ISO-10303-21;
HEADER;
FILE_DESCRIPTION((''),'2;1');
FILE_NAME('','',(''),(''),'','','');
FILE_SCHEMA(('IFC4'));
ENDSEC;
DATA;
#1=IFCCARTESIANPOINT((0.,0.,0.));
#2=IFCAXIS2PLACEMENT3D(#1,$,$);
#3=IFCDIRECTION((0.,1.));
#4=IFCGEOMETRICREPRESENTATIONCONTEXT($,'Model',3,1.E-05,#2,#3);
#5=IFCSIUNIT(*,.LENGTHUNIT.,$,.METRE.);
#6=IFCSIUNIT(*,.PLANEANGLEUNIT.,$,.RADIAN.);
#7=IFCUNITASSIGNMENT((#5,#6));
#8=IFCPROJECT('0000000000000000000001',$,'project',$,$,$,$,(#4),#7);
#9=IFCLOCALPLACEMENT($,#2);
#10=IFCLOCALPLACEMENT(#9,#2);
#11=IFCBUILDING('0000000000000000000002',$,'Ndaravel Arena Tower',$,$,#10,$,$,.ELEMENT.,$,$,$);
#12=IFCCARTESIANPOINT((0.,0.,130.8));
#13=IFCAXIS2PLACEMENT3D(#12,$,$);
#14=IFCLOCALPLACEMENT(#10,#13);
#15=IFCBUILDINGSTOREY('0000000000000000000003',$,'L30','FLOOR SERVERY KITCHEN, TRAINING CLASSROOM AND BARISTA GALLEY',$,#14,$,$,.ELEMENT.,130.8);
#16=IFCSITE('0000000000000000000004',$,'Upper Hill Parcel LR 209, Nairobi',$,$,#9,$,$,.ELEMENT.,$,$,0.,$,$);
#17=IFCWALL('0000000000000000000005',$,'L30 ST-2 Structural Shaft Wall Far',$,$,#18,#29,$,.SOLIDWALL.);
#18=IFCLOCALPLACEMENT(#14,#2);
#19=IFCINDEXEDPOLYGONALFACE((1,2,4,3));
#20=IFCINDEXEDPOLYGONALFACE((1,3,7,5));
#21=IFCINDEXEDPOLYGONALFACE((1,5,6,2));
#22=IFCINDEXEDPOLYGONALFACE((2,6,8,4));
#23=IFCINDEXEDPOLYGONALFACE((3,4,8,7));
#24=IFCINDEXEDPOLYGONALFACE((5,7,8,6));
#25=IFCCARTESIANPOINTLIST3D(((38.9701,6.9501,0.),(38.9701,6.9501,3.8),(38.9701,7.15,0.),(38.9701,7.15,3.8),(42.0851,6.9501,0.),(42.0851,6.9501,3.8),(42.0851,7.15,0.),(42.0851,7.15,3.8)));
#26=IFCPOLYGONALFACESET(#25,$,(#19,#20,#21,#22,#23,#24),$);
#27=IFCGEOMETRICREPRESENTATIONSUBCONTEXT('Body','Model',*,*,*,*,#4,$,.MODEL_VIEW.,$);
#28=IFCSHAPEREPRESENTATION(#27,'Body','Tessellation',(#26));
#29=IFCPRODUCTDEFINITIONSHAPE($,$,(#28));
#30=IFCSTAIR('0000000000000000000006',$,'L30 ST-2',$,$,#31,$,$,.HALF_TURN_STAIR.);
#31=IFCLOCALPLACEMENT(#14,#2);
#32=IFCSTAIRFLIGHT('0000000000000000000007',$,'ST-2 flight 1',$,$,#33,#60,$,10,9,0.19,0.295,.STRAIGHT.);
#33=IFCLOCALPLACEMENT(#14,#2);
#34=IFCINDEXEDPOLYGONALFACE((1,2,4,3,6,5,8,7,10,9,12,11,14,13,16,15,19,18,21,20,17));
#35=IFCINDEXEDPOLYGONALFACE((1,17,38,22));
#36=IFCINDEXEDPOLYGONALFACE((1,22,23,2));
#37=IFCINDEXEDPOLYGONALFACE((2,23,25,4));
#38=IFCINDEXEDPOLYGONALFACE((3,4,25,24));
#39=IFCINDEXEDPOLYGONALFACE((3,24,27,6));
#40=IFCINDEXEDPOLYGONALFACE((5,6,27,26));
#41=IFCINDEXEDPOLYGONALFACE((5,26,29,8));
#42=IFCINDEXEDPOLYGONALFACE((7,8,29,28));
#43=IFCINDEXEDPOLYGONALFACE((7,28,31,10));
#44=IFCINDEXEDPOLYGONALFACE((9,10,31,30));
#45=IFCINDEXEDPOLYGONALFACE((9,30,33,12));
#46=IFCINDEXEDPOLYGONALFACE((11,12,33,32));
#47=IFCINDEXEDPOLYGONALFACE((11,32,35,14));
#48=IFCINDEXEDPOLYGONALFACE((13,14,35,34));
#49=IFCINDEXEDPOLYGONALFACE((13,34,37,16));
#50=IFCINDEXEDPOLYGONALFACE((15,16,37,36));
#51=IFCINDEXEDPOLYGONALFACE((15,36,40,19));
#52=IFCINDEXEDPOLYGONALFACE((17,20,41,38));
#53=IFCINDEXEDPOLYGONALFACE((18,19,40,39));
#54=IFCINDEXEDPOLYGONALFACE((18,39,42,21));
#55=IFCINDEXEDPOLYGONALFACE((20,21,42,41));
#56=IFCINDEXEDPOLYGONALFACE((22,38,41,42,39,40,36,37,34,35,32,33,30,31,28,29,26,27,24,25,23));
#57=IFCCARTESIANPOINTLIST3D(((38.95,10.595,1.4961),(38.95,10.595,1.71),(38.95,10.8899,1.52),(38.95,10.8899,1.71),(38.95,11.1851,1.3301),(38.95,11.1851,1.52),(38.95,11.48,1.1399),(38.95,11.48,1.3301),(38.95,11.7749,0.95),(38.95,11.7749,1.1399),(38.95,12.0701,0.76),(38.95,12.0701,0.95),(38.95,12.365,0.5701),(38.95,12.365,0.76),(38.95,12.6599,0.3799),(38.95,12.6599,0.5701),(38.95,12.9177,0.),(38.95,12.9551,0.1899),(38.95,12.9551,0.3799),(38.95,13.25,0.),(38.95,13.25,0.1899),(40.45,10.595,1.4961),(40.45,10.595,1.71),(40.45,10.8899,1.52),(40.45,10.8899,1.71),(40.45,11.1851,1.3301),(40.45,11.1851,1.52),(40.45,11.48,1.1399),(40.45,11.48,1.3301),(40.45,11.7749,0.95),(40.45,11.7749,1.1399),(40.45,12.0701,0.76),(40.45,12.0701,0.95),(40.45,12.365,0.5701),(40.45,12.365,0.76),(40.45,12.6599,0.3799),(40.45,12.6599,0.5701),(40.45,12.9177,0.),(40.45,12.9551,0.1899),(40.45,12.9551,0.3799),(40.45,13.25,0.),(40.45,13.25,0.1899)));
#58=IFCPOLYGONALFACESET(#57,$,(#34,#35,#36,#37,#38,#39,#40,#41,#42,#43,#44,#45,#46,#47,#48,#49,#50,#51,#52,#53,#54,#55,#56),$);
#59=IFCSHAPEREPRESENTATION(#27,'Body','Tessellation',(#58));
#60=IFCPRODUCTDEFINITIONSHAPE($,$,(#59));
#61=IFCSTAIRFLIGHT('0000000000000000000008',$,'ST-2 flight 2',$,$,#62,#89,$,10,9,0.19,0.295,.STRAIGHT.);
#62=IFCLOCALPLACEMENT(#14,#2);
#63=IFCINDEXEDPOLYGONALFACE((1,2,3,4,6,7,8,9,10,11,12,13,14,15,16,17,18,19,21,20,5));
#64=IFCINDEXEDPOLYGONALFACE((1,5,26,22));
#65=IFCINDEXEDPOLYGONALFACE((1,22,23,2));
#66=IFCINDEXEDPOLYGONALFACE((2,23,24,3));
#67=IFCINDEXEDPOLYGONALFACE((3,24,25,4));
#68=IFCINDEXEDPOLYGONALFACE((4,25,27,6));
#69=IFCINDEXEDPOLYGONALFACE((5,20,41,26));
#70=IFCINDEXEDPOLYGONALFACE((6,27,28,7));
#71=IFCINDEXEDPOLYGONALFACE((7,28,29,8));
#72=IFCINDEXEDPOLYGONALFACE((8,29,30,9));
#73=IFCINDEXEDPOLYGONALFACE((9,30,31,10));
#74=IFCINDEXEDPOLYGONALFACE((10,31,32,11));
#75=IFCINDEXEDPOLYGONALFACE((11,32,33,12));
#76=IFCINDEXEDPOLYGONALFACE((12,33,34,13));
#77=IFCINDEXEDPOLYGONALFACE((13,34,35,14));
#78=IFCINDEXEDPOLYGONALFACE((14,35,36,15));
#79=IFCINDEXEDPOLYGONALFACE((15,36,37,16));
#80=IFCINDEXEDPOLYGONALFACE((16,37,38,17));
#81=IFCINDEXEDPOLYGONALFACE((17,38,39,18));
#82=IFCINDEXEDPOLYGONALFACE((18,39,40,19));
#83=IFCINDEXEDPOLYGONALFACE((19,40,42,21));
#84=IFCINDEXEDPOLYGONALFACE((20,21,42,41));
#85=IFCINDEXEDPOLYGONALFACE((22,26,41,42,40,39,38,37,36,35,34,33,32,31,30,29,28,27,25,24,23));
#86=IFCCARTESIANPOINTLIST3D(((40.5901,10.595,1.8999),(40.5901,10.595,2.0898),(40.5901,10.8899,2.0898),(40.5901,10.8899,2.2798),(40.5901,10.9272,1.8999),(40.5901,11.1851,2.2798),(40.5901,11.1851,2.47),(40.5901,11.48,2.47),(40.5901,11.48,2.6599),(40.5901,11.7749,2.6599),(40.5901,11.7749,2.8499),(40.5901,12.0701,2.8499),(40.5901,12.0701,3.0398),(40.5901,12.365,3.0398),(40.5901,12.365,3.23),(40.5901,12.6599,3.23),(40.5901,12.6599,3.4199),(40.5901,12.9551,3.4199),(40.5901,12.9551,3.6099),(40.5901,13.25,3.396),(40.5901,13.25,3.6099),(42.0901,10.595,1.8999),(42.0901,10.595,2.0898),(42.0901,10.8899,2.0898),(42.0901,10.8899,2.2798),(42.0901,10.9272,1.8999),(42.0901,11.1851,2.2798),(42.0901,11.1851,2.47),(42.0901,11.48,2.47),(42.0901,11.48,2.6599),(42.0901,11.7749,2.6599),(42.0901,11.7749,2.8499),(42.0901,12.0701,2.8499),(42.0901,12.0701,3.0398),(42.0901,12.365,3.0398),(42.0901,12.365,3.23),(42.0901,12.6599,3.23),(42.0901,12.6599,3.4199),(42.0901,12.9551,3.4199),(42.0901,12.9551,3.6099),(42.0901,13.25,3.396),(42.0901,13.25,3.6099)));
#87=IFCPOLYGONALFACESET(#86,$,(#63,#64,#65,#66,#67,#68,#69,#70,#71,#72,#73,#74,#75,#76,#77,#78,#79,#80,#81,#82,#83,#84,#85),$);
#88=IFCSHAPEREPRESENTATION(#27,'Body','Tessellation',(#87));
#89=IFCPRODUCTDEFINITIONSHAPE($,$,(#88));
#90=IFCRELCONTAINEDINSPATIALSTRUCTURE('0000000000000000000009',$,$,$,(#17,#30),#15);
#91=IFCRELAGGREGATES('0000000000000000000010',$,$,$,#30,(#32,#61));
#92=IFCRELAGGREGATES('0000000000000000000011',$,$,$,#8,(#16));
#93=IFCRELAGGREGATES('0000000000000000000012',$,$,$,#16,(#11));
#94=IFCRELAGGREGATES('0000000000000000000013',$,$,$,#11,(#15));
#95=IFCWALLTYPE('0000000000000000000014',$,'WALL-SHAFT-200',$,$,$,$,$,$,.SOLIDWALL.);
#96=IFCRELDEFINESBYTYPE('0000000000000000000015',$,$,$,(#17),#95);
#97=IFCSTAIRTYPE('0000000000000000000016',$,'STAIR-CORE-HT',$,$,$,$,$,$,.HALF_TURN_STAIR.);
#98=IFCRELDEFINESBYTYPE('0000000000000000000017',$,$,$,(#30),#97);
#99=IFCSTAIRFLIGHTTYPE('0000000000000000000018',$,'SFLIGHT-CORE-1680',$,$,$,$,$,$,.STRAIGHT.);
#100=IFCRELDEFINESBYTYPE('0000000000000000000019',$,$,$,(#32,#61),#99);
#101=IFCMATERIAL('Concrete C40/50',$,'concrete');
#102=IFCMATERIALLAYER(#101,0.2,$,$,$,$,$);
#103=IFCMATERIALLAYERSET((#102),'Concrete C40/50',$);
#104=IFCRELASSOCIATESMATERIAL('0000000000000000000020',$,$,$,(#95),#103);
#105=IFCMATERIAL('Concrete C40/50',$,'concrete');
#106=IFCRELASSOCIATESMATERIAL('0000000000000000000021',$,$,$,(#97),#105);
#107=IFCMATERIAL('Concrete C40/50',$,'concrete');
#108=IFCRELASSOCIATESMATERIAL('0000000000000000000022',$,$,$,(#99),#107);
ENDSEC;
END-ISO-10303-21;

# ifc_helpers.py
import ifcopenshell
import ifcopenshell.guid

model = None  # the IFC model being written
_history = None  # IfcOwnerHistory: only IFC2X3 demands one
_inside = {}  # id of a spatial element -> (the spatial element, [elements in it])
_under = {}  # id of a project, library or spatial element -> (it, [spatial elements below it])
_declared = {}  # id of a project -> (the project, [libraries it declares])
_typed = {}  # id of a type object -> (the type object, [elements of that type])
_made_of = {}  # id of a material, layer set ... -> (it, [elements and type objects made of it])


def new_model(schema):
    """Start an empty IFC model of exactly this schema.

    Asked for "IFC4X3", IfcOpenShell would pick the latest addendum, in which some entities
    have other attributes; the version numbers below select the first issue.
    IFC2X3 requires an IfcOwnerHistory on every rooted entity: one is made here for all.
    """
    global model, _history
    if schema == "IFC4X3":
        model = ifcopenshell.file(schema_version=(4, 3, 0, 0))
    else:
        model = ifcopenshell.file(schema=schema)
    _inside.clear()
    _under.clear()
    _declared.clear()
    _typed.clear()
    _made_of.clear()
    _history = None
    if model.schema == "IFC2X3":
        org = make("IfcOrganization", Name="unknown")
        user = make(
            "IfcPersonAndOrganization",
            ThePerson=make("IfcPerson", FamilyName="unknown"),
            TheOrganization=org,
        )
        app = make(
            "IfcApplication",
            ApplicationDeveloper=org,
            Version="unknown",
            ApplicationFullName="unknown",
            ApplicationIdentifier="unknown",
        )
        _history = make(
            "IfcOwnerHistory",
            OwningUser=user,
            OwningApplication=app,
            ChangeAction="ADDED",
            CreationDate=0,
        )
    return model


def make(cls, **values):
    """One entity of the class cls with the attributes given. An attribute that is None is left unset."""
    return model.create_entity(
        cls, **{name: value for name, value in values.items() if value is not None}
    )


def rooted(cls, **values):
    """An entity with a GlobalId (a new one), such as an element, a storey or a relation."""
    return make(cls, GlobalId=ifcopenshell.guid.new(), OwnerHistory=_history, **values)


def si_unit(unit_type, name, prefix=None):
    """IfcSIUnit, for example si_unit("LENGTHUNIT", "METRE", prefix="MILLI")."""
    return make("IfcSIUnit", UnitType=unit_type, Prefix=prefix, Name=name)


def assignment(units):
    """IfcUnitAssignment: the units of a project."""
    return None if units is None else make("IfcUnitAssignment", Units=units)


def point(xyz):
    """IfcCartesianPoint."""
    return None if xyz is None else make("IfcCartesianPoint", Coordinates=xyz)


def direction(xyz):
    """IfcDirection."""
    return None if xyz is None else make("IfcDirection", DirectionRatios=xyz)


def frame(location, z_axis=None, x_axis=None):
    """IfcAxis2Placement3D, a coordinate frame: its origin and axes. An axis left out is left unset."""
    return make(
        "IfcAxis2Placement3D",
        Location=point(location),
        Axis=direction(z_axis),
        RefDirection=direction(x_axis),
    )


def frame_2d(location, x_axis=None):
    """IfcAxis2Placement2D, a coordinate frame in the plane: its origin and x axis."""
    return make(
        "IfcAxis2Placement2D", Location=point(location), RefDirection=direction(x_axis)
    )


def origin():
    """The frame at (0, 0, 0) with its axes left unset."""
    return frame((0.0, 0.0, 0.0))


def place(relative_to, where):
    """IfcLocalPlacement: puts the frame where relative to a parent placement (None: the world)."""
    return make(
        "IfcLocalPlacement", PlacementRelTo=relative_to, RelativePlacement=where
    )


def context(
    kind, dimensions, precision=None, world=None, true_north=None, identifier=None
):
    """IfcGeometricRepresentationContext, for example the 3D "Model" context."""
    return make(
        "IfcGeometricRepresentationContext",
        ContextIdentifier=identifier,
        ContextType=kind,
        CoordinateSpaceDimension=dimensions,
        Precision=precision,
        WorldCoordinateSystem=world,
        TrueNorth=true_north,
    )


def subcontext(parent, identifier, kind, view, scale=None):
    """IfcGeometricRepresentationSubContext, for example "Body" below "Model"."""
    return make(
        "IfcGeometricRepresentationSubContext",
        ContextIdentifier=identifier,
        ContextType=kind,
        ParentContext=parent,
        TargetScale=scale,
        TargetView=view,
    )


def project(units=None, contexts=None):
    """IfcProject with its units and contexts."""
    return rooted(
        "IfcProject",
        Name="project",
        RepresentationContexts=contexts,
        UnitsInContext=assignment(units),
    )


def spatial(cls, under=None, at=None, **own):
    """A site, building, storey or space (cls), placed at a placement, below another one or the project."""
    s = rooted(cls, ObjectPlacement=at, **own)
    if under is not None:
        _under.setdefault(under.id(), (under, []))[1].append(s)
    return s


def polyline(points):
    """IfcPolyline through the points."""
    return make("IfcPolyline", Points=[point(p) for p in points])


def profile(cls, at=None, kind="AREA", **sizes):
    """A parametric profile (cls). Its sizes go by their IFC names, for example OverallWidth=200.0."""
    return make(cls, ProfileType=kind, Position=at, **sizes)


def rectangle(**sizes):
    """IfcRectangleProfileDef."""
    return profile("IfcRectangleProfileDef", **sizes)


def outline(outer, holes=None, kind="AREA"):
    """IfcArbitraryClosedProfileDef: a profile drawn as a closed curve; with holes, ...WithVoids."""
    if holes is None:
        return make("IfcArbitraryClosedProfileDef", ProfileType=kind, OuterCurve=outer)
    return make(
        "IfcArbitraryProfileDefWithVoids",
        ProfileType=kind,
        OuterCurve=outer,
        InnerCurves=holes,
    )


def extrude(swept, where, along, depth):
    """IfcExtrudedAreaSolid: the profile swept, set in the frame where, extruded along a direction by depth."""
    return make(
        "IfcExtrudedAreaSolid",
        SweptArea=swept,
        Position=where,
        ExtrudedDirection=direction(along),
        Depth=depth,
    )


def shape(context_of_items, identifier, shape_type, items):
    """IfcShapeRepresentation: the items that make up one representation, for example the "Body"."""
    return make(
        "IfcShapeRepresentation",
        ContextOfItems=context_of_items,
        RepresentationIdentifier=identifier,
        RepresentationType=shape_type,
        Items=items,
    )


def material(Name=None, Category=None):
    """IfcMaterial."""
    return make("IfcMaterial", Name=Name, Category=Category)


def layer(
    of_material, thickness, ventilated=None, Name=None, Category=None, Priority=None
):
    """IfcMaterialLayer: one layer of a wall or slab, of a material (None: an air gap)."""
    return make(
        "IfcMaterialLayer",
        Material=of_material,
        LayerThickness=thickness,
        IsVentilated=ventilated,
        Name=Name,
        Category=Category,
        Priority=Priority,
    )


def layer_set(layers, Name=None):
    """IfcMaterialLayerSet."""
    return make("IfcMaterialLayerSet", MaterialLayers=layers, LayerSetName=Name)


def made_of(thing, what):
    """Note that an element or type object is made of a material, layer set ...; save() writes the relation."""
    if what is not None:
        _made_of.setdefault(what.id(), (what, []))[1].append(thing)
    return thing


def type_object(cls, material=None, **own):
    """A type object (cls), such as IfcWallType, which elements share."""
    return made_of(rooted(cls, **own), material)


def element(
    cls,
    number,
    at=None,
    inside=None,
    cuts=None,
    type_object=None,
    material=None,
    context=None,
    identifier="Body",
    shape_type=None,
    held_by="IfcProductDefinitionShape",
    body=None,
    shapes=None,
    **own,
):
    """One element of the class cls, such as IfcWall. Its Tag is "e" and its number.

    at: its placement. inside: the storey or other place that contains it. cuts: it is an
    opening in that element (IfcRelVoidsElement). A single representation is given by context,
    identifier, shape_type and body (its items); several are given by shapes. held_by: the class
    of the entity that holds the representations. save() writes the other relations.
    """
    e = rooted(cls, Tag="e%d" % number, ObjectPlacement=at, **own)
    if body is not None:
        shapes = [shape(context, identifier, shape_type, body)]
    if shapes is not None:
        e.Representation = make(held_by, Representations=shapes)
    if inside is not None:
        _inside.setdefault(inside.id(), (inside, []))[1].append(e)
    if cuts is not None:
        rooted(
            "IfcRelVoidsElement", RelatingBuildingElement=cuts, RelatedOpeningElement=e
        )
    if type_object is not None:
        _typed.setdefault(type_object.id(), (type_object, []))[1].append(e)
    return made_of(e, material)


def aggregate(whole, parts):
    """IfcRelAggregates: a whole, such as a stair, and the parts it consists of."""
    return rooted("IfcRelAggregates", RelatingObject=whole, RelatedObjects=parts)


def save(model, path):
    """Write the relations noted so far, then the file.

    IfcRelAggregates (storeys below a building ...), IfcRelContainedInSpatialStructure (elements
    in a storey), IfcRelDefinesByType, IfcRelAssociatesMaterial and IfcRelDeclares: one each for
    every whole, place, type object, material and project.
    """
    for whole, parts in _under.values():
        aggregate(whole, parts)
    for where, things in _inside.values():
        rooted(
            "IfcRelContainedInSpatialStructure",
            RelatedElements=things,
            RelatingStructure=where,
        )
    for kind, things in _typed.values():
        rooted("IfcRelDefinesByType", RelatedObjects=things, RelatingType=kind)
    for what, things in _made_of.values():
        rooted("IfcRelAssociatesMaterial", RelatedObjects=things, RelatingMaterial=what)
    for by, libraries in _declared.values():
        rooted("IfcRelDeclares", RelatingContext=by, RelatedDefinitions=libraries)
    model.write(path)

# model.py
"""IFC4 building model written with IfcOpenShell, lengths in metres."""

from ifc_helpers import new_model, si_unit, direction, frame, frame_2d, origin, place, context, subcontext, project, spatial, polyline, rectangle, outline, extrude, material, layer, layer_set, type_object, element, aggregate, save


model = new_model("IFC4")

# Units and contexts
model_context = context("Model", 3, precision=1e-05, world=origin(), true_north=direction((0.0, 1.0)))
body_context = subcontext(model_context, "Body", "Model", "MODEL_VIEW")
ifc_project = project(units=[si_unit("LENGTHUNIT", "METRE"), si_unit("PLANEANGLEUNIT", "RADIAN")], contexts=[model_context])

# Site, building, storey
site_placement = place(None, origin())
site = spatial("IfcSite", under=ifc_project, at=site_placement, Name="Upper Hill Parcel LR 209, Nairobi", CompositionType="ELEMENT", RefElevation=0.0)
building_placement = place(site_placement, origin())
building = spatial("IfcBuilding", under=site, at=building_placement, Name="Ndaravel Arena Tower", CompositionType="ELEMENT")
storey_placement = place(building_placement, frame((0.0, 0.0, 130.8)))
storey = spatial("IfcBuildingStorey", under=building, at=storey_placement, Name="L30", Description="FLOOR SERVERY KITCHEN, TRAINING CLASSROOM AND BARISTA GALLEY", CompositionType="ELEMENT", Elevation=130.8)

# Wall
ifc_material_1 = material(Name="Concrete C40/50", Category="concrete")
ifc_layer_1 = layer(ifc_material_1, 0.2)
ifc_layer_set_1 = layer_set([ifc_layer_1], Name="Concrete C40/50")
wall_type_1 = type_object("IfcWallType", Name="WALL-SHAFT-200", PredefinedType="SOLIDWALL", material=ifc_layer_set_1)
wall_1_placement = place(storey_placement, frame((38.97, 7.05, 0.0), z_axis=(0.0, 0.0, 1.0), x_axis=(1.0, 0.0, 0.0)))
element("IfcWall", 1, at=wall_1_placement, inside=storey, type_object=wall_type_1, Name="L30 ST-2 Structural Shaft Wall Far", PredefinedType="SOLIDWALL", context=body_context, shape_type="SweptSolid", body=[
    extrude(rectangle(XDim=3.115, YDim=0.2, at=frame_2d((1.5576, 0.0))), origin(), (0.0, 0.0, 1.0), 3.8),
])

# Stair, stair flights
ifc_material_2 = material(Name="Concrete C40/50", Category="concrete")
stair_type = type_object("IfcStairType", Name="STAIR-CORE-HT", PredefinedType="HALF_TURN_STAIR", material=ifc_material_2)
stair_placement = place(storey_placement, origin())
stair = element("IfcStair", 2, at=stair_placement, inside=storey, type_object=stair_type, Name="L30 ST-2", PredefinedType="HALF_TURN_STAIR")
ifc_material_3 = material(Name="Concrete C40/50", Category="concrete")
stair_flight_type = type_object("IfcStairFlightType", Name="SFLIGHT-CORE-1680", PredefinedType="STRAIGHT", material=ifc_material_3)
stair_flight_1_placement = place(storey_placement, frame((39.7, 13.25, 0.0), z_axis=(0.0, 0.0, 1.0), x_axis=(0.0, -1.0, 0.0)))
stair_flight_1 = element("IfcStairFlight", 3, at=stair_flight_1_placement, type_object=stair_flight_type, Name="ST-2 flight 1", NumberOfRisers=10, NumberOfTreads=9, PredefinedType="STRAIGHT", RiserHeight=0.19, TreadLength=0.295, context=body_context, shape_type="SweptSolid", body=[
    extrude(outline(polyline([(0.0, 0.0), (0.0, 0.1899), (0.2949, 0.1899), (0.2949, 0.3799), (0.5901, 0.3799), (0.5901, 0.5701), (0.885, 0.5701), (0.885, 0.76), (1.1799, 0.76), (1.1799, 0.95), (1.4751, 0.95), (1.4751, 1.1399), (1.77, 1.1399), (1.77, 1.3301), (2.0649, 1.3301), (2.0649, 1.52), (2.3601, 1.52), (2.3601, 1.71), (2.655, 1.71), (2.655, 1.8999), (2.655, 1.4961), (0.3323, 0.0), (0.0, 0.0)])), frame((0.0, 0.75, 0.0), z_axis=(0.0, -1.0, 0.0), x_axis=(1.0, 0.0, 0.0)), (0.0, 0.0, 1.0), 1.5),
])
stair_flight_2_placement = place(storey_placement, frame((41.3401, 10.595, 1.8999), z_axis=(0.0, 0.0, 1.0), x_axis=(0.0, 1.0, 0.0)))
stair_flight_2 = element("IfcStairFlight", 4, at=stair_flight_2_placement, type_object=stair_flight_type, Name="ST-2 flight 2", NumberOfRisers=10, NumberOfTreads=9, PredefinedType="STRAIGHT", RiserHeight=0.19, TreadLength=0.295, context=body_context, shape_type="SweptSolid", body=[
    extrude(outline(polyline([(0.0, 0.0), (0.0, 0.1899), (0.2949, 0.1899), (0.2949, 0.3799), (0.5901, 0.3799), (0.5901, 0.5701), (0.885, 0.5701), (0.885, 0.76), (1.1799, 0.76), (1.1799, 0.95), (1.4751, 0.95), (1.4751, 1.1399), (1.77, 1.1399), (1.77, 1.3301), (2.0649, 1.3301), (2.0649, 1.52), (2.3601, 1.52), (2.3601, 1.71), (2.655, 1.71), (2.655, 1.8999), (2.655, 1.4961), (0.3323, 0.0), (0.0, 0.0)])), frame((0.0, 0.75, 0.0), z_axis=(0.0, -1.0, 0.0), x_axis=(1.0, 0.0, 0.0)), (0.0, 0.0, 1.0), 1.5),
])
aggregate(stair, [stair_flight_1, stair_flight_2])

save(model, "model.ifc")
